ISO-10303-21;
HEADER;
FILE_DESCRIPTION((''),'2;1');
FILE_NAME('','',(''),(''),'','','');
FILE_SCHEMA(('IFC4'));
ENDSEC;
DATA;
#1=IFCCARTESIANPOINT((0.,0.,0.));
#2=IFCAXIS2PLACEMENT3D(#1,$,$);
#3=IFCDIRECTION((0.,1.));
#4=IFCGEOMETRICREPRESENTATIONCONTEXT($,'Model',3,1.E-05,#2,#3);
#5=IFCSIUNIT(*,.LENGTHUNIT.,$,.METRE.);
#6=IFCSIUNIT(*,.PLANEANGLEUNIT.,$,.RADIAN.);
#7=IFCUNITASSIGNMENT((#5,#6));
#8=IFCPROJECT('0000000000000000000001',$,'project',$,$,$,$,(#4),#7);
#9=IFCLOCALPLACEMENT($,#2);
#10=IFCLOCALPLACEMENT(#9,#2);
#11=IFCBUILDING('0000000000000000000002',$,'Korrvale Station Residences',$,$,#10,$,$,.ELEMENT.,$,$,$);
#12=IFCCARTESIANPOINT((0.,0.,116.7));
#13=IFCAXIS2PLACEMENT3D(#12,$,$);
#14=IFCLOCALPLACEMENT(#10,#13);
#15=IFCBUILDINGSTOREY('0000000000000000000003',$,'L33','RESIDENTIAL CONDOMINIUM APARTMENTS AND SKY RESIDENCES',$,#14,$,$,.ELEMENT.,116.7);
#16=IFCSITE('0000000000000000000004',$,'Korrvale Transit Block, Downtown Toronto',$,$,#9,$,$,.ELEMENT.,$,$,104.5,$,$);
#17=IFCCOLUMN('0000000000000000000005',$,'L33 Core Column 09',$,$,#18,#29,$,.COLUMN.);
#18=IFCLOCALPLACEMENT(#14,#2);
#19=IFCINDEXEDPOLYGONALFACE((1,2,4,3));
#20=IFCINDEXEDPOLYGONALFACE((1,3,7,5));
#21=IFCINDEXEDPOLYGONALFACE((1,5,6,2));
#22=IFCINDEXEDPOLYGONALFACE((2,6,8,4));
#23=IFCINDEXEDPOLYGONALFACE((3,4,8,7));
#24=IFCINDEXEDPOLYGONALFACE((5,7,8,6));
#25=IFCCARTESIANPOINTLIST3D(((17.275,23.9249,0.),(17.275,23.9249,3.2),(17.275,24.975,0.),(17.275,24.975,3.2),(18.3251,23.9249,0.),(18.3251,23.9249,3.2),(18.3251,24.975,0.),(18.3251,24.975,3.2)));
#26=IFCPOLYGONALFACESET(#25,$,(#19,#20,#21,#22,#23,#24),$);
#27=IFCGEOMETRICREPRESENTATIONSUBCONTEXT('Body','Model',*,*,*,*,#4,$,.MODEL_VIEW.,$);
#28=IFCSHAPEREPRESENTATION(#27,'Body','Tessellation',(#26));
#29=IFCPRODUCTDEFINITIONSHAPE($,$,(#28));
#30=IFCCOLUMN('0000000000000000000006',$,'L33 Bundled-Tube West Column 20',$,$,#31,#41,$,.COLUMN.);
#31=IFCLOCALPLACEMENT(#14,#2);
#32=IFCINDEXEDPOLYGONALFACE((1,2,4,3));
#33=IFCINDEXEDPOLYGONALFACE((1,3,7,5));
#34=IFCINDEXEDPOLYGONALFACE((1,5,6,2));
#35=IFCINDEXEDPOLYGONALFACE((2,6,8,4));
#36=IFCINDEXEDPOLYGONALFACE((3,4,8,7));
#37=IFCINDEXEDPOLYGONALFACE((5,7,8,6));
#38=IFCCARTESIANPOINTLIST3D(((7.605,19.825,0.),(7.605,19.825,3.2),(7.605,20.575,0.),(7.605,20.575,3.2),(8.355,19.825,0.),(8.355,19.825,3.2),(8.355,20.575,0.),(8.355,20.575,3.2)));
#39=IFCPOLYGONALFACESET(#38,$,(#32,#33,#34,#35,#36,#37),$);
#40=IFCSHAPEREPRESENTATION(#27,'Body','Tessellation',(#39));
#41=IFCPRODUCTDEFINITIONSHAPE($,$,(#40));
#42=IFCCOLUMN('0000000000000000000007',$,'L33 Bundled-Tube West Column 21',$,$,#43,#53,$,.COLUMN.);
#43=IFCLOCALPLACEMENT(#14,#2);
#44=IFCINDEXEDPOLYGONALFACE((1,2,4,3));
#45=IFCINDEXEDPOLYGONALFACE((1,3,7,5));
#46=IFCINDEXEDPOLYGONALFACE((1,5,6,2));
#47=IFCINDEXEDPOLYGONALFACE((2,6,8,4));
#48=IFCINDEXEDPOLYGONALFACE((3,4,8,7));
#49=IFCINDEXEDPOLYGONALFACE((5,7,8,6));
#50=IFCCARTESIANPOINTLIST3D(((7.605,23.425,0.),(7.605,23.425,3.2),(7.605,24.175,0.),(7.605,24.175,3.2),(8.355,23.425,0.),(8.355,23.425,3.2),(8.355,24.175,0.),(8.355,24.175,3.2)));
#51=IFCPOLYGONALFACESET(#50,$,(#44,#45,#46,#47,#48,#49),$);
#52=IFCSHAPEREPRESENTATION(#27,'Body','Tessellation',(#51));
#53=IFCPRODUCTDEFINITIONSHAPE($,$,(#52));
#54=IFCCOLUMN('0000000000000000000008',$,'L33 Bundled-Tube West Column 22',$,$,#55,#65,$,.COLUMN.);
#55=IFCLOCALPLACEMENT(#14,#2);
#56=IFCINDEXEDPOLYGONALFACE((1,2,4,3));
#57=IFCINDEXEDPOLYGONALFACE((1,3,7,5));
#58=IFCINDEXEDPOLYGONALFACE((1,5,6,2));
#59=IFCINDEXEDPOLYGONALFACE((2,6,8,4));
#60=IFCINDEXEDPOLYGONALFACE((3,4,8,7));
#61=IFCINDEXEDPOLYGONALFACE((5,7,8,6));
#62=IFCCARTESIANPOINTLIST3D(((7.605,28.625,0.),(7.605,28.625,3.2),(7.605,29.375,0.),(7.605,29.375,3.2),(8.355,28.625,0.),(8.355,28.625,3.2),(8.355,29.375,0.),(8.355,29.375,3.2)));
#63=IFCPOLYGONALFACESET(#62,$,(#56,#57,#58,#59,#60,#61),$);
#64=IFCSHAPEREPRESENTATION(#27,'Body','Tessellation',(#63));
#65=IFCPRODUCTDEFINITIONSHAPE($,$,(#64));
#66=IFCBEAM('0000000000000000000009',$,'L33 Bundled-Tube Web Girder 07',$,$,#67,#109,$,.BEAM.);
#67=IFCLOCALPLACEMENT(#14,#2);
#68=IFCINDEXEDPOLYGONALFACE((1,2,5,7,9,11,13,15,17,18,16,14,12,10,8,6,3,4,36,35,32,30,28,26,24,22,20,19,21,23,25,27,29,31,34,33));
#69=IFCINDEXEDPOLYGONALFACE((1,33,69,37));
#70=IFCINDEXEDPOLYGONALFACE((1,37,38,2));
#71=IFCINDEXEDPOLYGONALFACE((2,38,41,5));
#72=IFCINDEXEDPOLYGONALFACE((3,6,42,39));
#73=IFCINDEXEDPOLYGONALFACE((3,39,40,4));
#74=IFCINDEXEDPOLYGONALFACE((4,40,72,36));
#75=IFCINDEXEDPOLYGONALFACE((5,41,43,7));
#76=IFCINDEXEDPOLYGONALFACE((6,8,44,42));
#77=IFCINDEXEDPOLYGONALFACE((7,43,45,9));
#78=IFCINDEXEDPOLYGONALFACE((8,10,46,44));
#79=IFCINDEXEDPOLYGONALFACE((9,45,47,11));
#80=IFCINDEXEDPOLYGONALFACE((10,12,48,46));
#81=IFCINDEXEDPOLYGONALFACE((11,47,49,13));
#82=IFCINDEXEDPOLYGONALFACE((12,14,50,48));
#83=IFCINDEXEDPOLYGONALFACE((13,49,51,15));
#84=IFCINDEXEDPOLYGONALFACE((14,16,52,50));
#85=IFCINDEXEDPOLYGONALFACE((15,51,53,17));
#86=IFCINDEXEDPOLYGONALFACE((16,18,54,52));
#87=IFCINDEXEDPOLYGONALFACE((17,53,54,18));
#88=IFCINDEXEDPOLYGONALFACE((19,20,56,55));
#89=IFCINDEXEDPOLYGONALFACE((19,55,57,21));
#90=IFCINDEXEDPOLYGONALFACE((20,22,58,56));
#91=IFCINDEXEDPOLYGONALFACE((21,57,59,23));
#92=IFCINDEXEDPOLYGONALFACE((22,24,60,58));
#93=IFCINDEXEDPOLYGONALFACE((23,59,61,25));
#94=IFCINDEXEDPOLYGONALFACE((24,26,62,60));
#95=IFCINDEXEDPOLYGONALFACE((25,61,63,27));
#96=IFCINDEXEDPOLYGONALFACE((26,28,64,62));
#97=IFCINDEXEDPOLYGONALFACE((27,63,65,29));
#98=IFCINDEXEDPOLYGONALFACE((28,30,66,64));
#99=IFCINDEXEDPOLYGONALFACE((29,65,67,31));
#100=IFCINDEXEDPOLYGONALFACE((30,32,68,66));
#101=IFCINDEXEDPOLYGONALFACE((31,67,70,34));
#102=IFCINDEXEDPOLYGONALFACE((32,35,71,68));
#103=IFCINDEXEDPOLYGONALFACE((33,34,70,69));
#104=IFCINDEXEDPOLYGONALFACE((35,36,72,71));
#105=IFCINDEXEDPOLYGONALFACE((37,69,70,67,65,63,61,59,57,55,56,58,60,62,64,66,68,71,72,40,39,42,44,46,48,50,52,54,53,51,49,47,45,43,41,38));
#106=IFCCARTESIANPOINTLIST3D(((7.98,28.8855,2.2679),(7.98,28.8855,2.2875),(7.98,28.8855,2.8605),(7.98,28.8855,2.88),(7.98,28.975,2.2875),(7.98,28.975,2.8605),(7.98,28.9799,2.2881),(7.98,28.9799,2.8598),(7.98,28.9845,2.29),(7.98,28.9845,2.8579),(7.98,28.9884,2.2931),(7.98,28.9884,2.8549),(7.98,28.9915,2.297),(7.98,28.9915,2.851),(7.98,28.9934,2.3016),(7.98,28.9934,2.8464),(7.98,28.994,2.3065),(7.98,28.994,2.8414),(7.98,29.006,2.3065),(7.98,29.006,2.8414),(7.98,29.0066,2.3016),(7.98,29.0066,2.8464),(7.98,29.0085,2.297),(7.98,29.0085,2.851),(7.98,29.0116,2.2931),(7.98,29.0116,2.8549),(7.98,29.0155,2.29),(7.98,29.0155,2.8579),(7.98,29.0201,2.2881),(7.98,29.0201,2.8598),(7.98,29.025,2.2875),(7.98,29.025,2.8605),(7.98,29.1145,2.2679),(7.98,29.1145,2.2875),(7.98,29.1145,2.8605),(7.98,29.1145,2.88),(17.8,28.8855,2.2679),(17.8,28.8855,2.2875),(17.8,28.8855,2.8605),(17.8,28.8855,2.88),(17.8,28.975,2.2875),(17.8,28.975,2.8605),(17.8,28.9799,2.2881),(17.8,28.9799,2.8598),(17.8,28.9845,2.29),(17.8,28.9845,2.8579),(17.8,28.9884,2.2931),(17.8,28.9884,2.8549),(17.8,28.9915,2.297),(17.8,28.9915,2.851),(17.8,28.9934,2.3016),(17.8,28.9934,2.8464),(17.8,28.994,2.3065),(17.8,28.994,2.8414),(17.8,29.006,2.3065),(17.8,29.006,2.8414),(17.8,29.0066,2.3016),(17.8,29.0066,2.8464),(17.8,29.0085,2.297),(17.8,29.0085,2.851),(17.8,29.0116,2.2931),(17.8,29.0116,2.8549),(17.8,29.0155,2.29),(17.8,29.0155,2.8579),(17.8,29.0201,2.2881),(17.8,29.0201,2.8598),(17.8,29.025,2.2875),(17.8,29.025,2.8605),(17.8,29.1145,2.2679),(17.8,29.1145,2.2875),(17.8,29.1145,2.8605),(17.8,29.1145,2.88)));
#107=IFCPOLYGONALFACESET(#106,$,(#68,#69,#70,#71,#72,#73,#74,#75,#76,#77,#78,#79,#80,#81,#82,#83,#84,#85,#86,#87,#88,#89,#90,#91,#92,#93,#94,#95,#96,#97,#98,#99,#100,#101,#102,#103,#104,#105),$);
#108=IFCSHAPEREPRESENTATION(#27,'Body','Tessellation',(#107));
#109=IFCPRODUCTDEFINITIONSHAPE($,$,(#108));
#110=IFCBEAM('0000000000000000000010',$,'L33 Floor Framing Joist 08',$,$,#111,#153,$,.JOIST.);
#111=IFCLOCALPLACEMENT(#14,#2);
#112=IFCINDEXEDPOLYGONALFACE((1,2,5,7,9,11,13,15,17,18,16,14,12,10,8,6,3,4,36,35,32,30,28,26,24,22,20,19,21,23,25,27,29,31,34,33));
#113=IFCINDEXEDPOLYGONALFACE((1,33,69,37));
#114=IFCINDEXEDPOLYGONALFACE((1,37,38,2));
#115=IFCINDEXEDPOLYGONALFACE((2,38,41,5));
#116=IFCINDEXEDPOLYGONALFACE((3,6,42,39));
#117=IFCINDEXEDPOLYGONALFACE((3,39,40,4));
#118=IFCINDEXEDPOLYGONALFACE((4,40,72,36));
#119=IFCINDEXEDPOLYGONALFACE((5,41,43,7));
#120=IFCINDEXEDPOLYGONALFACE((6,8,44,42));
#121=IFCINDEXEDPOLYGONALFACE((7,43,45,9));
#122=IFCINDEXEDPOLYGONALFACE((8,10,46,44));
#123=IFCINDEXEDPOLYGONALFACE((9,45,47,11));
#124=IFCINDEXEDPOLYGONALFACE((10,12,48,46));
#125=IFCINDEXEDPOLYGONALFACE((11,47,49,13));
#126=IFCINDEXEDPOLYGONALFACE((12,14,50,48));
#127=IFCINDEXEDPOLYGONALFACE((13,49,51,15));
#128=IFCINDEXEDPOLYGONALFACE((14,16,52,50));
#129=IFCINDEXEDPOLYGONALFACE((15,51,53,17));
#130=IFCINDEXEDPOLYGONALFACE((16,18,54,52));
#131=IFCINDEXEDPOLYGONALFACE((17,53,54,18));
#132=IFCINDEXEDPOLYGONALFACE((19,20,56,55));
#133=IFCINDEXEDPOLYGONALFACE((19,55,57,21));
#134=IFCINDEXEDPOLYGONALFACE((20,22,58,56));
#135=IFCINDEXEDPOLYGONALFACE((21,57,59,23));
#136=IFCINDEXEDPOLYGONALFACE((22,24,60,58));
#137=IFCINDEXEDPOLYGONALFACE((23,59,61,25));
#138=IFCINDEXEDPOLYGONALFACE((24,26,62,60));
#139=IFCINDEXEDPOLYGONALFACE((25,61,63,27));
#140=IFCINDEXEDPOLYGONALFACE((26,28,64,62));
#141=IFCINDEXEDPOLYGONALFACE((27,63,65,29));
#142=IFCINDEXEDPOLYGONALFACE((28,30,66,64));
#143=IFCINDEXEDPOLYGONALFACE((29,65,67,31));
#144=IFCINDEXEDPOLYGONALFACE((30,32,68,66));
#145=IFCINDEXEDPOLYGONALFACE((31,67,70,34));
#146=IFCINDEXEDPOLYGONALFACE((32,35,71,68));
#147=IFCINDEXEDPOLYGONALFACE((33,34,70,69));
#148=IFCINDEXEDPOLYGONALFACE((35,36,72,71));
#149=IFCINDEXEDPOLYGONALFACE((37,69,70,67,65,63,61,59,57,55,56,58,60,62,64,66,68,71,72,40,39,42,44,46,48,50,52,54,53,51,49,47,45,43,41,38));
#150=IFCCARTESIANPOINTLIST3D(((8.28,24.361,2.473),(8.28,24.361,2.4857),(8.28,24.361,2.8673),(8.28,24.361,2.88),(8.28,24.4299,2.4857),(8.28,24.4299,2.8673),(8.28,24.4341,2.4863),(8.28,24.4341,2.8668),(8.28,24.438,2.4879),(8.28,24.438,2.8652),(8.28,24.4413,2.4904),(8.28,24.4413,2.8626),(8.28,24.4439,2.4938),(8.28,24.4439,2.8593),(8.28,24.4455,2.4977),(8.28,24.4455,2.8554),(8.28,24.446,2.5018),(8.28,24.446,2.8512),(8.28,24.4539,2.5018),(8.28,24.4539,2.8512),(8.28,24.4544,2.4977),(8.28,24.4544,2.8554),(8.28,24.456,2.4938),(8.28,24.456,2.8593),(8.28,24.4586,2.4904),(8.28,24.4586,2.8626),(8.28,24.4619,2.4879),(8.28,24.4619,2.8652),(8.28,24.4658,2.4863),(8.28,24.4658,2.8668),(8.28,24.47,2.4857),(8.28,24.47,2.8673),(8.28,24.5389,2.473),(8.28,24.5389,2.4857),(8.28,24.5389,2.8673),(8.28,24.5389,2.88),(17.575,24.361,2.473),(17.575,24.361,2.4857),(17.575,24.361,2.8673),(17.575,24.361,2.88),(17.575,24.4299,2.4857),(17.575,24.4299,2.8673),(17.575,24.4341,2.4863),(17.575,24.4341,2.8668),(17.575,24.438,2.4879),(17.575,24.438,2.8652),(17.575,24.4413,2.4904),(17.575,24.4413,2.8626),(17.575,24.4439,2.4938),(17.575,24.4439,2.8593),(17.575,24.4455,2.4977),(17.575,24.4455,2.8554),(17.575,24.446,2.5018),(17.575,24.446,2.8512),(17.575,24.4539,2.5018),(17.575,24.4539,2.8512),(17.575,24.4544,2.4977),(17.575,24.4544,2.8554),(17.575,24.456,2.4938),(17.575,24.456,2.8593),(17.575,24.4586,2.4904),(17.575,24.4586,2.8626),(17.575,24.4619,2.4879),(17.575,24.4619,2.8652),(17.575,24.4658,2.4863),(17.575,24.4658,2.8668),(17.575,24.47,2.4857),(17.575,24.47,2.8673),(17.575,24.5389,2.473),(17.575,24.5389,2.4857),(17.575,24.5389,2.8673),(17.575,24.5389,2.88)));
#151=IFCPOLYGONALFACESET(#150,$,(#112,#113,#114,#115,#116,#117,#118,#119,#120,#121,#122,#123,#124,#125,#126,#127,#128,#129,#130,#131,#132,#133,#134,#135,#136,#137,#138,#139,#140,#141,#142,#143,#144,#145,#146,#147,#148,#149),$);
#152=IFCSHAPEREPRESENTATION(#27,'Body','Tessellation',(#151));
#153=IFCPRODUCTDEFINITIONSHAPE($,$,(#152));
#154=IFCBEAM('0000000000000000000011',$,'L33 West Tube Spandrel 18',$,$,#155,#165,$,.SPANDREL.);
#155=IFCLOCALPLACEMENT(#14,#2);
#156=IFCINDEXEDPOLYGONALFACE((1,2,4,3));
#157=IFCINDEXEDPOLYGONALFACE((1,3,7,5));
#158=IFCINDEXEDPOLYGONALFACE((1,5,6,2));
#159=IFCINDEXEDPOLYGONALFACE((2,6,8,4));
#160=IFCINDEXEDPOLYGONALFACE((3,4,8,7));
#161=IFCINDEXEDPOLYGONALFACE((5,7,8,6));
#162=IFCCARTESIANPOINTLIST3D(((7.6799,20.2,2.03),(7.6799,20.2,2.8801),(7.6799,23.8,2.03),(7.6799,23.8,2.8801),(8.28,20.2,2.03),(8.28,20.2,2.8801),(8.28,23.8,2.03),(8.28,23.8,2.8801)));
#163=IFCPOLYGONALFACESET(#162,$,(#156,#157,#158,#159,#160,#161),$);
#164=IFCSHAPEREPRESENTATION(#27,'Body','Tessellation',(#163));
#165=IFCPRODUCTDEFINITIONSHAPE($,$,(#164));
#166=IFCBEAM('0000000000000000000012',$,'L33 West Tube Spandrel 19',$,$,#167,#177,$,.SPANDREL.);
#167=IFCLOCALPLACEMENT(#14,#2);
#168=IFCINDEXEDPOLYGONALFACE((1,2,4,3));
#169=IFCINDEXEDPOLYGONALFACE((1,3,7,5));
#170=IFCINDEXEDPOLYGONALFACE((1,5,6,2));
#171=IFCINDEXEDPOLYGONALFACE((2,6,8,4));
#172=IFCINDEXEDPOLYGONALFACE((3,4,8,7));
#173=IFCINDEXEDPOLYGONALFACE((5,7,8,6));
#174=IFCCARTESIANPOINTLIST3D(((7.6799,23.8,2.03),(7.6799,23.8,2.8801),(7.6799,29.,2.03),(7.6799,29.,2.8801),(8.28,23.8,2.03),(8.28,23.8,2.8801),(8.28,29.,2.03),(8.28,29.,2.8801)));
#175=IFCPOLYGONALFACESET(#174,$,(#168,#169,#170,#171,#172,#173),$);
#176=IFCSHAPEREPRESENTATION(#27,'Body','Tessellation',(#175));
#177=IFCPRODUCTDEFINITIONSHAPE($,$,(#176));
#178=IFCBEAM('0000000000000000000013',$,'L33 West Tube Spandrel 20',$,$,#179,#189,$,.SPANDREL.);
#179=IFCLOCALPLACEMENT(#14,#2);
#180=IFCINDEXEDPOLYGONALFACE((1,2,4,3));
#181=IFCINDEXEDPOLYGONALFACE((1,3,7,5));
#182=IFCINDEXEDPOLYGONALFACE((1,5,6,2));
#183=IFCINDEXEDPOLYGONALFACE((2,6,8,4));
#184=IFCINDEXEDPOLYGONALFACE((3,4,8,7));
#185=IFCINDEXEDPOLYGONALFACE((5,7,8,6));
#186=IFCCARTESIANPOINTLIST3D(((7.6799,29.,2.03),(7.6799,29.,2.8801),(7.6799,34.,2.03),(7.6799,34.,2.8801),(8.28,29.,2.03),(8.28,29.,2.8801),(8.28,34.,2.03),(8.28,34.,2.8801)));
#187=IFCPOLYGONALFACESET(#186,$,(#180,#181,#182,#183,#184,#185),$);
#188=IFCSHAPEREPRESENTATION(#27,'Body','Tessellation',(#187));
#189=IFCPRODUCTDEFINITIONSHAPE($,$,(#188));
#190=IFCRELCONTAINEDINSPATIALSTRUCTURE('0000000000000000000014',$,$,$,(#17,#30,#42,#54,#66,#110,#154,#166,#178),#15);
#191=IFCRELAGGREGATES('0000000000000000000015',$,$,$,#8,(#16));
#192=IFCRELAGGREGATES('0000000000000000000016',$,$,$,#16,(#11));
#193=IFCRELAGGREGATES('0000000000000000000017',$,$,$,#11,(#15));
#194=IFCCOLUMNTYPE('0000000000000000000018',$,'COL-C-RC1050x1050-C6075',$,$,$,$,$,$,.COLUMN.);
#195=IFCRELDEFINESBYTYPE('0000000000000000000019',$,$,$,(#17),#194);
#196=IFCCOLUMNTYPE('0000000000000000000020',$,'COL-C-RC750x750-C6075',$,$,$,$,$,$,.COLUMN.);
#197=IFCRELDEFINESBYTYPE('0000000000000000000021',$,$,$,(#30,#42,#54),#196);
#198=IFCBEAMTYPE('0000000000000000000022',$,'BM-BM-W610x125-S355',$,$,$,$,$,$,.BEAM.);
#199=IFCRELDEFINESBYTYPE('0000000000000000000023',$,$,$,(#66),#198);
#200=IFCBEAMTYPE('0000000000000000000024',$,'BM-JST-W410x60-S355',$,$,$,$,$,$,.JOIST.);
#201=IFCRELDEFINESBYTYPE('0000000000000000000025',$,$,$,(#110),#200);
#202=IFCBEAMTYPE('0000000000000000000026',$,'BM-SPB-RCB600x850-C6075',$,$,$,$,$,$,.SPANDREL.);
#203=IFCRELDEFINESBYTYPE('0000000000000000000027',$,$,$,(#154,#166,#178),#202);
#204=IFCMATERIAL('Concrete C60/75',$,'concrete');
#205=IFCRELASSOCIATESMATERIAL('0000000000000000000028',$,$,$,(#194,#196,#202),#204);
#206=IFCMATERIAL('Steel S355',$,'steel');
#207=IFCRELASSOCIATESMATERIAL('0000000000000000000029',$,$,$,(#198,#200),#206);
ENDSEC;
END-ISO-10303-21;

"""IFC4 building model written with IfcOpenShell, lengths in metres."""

from ifc_helpers import new_model, si_unit, direction, frame, origin, origin_2d, place, context, subcontext, project, spatial, rectangle, i_section, extrude, material, material_profile, profile_set, type_object, element, save


model = new_model("IFC4")

# Units and contexts
model_context = context("Model", 3, precision=1e-05, world=origin(), true_north=direction((0.0, 1.0)))
body_context = subcontext(model_context, "Body", "Model", "MODEL_VIEW")
ifc_project = project(units=[si_unit("LENGTHUNIT", "METRE"), si_unit("PLANEANGLEUNIT", "RADIAN")], contexts=[model_context])

# Site, building, storey
site_placement = place(None, origin())
site = spatial("IfcSite", under=ifc_project, at=site_placement, Name="Korrvale Transit Block, Downtown Toronto", CompositionType="ELEMENT", RefElevation=104.5)
building_placement = place(site_placement, origin())
building = spatial("IfcBuilding", under=site, at=building_placement, Name="Korrvale Station Residences", CompositionType="ELEMENT")
storey_placement = place(building_placement, frame((0.0, 0.0, 116.7)))
storey = spatial("IfcBuildingStorey", under=building, at=storey_placement, Name="L33", Description="RESIDENTIAL CONDOMINIUM APARTMENTS AND SKY RESIDENCES", CompositionType="ELEMENT", Elevation=116.7)

# Columns
ifc_material_1 = material(Name="Concrete C60/75", Category="concrete")
ifc_material_profile_1 = material_profile(ifc_material_1, rectangle(XDim=1.05, YDim=1.05, at=origin_2d()), Name="RC1050x1050")
ifc_profile_set_1 = profile_set([ifc_material_profile_1], Name="Concrete C60/75")
column_type_1 = type_object("IfcColumnType", Name="COL-C-RC1050x1050-C6075", PredefinedType="COLUMN", material=ifc_profile_set_1)
column_placement = place(storey_placement, frame((17.8, 24.45, 0.0), z_axis=(0.0, 0.0, 1.0), x_axis=(1.0, 0.0, 0.0)))
element("IfcColumn", 1, at=column_placement, inside=storey, type_object=column_type_1, Name="L33 Core Column 09", PredefinedType="COLUMN", context=body_context, shape_type="SweptSolid", body=[
    extrude(rectangle(XDim=1.05, YDim=1.05, at=origin_2d()), origin(), (0.0, 0.0, 1.0), 3.2),
])
ifc_material_profile_2 = material_profile(ifc_material_1, rectangle(XDim=0.75, YDim=0.75, at=origin_2d()), Name="RC750x750")
ifc_profile_set_2 = profile_set([ifc_material_profile_2], Name="Concrete C60/75")
column_type_2 = type_object("IfcColumnType", Name="COL-C-RC750x750-C6075", PredefinedType="COLUMN", material=ifc_profile_set_2)
for number, where, z_axis, x_axis, name in (
    (2, (7.98, 20.2, 0.0), (0.0, 0.0, 1.0), (1.0, 0.0, 0.0), "L33 Bundled-Tube West Column 20"),
    (3, (7.98, 23.8, 0.0), (0.0, 0.0, 1.0), (1.0, 0.0, 0.0), "L33 Bundled-Tube West Column 21"),
    (4, (7.98, 29.0, 0.0), (0.0, 0.0, 1.0), (1.0, 0.0, 0.0), "L33 Bundled-Tube West Column 22"),
):
    element("IfcColumn", number, at=place(storey_placement, frame(where, z_axis=z_axis, x_axis=x_axis)), inside=storey, type_object=column_type_2, Name=name, PredefinedType="COLUMN", context=body_context, shape_type="SweptSolid", body=[
        extrude(rectangle(XDim=0.75, YDim=0.75, at=origin_2d()), origin(), (0.0, 0.0, 1.0), 3.2),
    ])

# Beams
ifc_material_2 = material(Name="Steel S355", Category="steel")
ifc_material_profile_3 = material_profile(ifc_material_2, i_section(OverallWidth=0.229, OverallDepth=0.6121, WebThickness=0.012, FlangeThickness=0.0195, FilletRadius=0.019, at=origin_2d()), Name="W610x125")
ifc_profile_set_3 = profile_set([ifc_material_profile_3], Name="Steel S355")
beam_type_1 = type_object("IfcBeamType", Name="BM-BM-W610x125-S355", PredefinedType="BEAM", material=ifc_profile_set_3)
beam_1_placement = place(storey_placement, frame((7.98, 29.0, 2.574), z_axis=(1.0, 0.0, 0.0), x_axis=(0.0, 1.0, 0.0)))
element("IfcBeam", 5, at=beam_1_placement, inside=storey, type_object=beam_type_1, Name="L33 Bundled-Tube Web Girder 07", PredefinedType="BEAM", context=body_context, shape_type="SweptSolid", body=[
    extrude(i_section(OverallWidth=0.229, OverallDepth=0.6121, WebThickness=0.012, FlangeThickness=0.0195, FilletRadius=0.019, at=origin_2d()), origin(), (0.0, 0.0, 1.0), 9.8201),
])
ifc_material_profile_4 = material_profile(ifc_material_2, i_section(OverallWidth=0.178, OverallDepth=0.407, WebThickness=0.0078, FlangeThickness=0.0127, FilletRadius=0.0161, at=origin_2d()), Name="W410x60")
ifc_profile_set_4 = profile_set([ifc_material_profile_4], Name="Steel S355")
beam_type_2 = type_object("IfcBeamType", Name="BM-JST-W410x60-S355", PredefinedType="JOIST", material=ifc_profile_set_4)
beam_2_placement = place(storey_placement, frame((8.28, 24.45, 2.6765), z_axis=(1.0, 0.0, 0.0), x_axis=(0.0, 1.0, 0.0)))
element("IfcBeam", 6, at=beam_2_placement, inside=storey, type_object=beam_type_2, Name="L33 Floor Framing Joist 08", PredefinedType="JOIST", context=body_context, shape_type="SweptSolid", body=[
    extrude(i_section(OverallWidth=0.178, OverallDepth=0.407, WebThickness=0.0078, FlangeThickness=0.0127, FilletRadius=0.0161, at=origin_2d()), origin(), (0.0, 0.0, 1.0), 9.2949),
])
ifc_material_profile_5 = material_profile(ifc_material_1, rectangle(XDim=0.6001, YDim=0.8501, at=origin_2d()), Name="RCB600x850")
ifc_profile_set_5 = profile_set([ifc_material_profile_5], Name="Concrete C60/75")
beam_type_3 = type_object("IfcBeamType", Name="BM-SPB-RCB600x850-C6075", PredefinedType="SPANDREL", material=ifc_profile_set_5)
beam_3_placement = place(storey_placement, frame((7.98, 20.2, 2.4551), z_axis=(0.0, 1.0, 0.0), x_axis=(-1.0, 0.0, 0.0)))
element("IfcBeam", 7, at=beam_3_placement, inside=storey, type_object=beam_type_3, Name="L33 West Tube Spandrel 18", PredefinedType="SPANDREL", context=body_context, shape_type="SweptSolid", body=[
    extrude(rectangle(XDim=0.6001, YDim=0.8501, at=origin_2d()), origin(), (0.0, 0.0, 1.0), 3.6001),
])
beam_4_placement = place(storey_placement, frame((7.98, 23.8, 2.4551), z_axis=(0.0, 1.0, 0.0), x_axis=(-1.0, 0.0, 0.0)))
element("IfcBeam", 8, at=beam_4_placement, inside=storey, type_object=beam_type_3, Name="L33 West Tube Spandrel 19", PredefinedType="SPANDREL", context=body_context, shape_type="SweptSolid", body=[
    extrude(rectangle(XDim=0.6001, YDim=0.8501, at=origin_2d()), origin(), (0.0, 0.0, 1.0), 5.2),
])
beam_5_placement = place(storey_placement, frame((7.98, 29.0, 2.4551), z_axis=(0.0, 1.0, 0.0), x_axis=(-1.0, 0.0, 0.0)))
element("IfcBeam", 9, at=beam_5_placement, inside=storey, type_object=beam_type_3, Name="L33 West Tube Spandrel 20", PredefinedType="SPANDREL", context=body_context, shape_type="SweptSolid", body=[
    extrude(rectangle(XDim=0.6001, YDim=0.8501, at=origin_2d()), origin(), (0.0, 0.0, 1.0), 5.0),
])

save(model, "model.ifc")
